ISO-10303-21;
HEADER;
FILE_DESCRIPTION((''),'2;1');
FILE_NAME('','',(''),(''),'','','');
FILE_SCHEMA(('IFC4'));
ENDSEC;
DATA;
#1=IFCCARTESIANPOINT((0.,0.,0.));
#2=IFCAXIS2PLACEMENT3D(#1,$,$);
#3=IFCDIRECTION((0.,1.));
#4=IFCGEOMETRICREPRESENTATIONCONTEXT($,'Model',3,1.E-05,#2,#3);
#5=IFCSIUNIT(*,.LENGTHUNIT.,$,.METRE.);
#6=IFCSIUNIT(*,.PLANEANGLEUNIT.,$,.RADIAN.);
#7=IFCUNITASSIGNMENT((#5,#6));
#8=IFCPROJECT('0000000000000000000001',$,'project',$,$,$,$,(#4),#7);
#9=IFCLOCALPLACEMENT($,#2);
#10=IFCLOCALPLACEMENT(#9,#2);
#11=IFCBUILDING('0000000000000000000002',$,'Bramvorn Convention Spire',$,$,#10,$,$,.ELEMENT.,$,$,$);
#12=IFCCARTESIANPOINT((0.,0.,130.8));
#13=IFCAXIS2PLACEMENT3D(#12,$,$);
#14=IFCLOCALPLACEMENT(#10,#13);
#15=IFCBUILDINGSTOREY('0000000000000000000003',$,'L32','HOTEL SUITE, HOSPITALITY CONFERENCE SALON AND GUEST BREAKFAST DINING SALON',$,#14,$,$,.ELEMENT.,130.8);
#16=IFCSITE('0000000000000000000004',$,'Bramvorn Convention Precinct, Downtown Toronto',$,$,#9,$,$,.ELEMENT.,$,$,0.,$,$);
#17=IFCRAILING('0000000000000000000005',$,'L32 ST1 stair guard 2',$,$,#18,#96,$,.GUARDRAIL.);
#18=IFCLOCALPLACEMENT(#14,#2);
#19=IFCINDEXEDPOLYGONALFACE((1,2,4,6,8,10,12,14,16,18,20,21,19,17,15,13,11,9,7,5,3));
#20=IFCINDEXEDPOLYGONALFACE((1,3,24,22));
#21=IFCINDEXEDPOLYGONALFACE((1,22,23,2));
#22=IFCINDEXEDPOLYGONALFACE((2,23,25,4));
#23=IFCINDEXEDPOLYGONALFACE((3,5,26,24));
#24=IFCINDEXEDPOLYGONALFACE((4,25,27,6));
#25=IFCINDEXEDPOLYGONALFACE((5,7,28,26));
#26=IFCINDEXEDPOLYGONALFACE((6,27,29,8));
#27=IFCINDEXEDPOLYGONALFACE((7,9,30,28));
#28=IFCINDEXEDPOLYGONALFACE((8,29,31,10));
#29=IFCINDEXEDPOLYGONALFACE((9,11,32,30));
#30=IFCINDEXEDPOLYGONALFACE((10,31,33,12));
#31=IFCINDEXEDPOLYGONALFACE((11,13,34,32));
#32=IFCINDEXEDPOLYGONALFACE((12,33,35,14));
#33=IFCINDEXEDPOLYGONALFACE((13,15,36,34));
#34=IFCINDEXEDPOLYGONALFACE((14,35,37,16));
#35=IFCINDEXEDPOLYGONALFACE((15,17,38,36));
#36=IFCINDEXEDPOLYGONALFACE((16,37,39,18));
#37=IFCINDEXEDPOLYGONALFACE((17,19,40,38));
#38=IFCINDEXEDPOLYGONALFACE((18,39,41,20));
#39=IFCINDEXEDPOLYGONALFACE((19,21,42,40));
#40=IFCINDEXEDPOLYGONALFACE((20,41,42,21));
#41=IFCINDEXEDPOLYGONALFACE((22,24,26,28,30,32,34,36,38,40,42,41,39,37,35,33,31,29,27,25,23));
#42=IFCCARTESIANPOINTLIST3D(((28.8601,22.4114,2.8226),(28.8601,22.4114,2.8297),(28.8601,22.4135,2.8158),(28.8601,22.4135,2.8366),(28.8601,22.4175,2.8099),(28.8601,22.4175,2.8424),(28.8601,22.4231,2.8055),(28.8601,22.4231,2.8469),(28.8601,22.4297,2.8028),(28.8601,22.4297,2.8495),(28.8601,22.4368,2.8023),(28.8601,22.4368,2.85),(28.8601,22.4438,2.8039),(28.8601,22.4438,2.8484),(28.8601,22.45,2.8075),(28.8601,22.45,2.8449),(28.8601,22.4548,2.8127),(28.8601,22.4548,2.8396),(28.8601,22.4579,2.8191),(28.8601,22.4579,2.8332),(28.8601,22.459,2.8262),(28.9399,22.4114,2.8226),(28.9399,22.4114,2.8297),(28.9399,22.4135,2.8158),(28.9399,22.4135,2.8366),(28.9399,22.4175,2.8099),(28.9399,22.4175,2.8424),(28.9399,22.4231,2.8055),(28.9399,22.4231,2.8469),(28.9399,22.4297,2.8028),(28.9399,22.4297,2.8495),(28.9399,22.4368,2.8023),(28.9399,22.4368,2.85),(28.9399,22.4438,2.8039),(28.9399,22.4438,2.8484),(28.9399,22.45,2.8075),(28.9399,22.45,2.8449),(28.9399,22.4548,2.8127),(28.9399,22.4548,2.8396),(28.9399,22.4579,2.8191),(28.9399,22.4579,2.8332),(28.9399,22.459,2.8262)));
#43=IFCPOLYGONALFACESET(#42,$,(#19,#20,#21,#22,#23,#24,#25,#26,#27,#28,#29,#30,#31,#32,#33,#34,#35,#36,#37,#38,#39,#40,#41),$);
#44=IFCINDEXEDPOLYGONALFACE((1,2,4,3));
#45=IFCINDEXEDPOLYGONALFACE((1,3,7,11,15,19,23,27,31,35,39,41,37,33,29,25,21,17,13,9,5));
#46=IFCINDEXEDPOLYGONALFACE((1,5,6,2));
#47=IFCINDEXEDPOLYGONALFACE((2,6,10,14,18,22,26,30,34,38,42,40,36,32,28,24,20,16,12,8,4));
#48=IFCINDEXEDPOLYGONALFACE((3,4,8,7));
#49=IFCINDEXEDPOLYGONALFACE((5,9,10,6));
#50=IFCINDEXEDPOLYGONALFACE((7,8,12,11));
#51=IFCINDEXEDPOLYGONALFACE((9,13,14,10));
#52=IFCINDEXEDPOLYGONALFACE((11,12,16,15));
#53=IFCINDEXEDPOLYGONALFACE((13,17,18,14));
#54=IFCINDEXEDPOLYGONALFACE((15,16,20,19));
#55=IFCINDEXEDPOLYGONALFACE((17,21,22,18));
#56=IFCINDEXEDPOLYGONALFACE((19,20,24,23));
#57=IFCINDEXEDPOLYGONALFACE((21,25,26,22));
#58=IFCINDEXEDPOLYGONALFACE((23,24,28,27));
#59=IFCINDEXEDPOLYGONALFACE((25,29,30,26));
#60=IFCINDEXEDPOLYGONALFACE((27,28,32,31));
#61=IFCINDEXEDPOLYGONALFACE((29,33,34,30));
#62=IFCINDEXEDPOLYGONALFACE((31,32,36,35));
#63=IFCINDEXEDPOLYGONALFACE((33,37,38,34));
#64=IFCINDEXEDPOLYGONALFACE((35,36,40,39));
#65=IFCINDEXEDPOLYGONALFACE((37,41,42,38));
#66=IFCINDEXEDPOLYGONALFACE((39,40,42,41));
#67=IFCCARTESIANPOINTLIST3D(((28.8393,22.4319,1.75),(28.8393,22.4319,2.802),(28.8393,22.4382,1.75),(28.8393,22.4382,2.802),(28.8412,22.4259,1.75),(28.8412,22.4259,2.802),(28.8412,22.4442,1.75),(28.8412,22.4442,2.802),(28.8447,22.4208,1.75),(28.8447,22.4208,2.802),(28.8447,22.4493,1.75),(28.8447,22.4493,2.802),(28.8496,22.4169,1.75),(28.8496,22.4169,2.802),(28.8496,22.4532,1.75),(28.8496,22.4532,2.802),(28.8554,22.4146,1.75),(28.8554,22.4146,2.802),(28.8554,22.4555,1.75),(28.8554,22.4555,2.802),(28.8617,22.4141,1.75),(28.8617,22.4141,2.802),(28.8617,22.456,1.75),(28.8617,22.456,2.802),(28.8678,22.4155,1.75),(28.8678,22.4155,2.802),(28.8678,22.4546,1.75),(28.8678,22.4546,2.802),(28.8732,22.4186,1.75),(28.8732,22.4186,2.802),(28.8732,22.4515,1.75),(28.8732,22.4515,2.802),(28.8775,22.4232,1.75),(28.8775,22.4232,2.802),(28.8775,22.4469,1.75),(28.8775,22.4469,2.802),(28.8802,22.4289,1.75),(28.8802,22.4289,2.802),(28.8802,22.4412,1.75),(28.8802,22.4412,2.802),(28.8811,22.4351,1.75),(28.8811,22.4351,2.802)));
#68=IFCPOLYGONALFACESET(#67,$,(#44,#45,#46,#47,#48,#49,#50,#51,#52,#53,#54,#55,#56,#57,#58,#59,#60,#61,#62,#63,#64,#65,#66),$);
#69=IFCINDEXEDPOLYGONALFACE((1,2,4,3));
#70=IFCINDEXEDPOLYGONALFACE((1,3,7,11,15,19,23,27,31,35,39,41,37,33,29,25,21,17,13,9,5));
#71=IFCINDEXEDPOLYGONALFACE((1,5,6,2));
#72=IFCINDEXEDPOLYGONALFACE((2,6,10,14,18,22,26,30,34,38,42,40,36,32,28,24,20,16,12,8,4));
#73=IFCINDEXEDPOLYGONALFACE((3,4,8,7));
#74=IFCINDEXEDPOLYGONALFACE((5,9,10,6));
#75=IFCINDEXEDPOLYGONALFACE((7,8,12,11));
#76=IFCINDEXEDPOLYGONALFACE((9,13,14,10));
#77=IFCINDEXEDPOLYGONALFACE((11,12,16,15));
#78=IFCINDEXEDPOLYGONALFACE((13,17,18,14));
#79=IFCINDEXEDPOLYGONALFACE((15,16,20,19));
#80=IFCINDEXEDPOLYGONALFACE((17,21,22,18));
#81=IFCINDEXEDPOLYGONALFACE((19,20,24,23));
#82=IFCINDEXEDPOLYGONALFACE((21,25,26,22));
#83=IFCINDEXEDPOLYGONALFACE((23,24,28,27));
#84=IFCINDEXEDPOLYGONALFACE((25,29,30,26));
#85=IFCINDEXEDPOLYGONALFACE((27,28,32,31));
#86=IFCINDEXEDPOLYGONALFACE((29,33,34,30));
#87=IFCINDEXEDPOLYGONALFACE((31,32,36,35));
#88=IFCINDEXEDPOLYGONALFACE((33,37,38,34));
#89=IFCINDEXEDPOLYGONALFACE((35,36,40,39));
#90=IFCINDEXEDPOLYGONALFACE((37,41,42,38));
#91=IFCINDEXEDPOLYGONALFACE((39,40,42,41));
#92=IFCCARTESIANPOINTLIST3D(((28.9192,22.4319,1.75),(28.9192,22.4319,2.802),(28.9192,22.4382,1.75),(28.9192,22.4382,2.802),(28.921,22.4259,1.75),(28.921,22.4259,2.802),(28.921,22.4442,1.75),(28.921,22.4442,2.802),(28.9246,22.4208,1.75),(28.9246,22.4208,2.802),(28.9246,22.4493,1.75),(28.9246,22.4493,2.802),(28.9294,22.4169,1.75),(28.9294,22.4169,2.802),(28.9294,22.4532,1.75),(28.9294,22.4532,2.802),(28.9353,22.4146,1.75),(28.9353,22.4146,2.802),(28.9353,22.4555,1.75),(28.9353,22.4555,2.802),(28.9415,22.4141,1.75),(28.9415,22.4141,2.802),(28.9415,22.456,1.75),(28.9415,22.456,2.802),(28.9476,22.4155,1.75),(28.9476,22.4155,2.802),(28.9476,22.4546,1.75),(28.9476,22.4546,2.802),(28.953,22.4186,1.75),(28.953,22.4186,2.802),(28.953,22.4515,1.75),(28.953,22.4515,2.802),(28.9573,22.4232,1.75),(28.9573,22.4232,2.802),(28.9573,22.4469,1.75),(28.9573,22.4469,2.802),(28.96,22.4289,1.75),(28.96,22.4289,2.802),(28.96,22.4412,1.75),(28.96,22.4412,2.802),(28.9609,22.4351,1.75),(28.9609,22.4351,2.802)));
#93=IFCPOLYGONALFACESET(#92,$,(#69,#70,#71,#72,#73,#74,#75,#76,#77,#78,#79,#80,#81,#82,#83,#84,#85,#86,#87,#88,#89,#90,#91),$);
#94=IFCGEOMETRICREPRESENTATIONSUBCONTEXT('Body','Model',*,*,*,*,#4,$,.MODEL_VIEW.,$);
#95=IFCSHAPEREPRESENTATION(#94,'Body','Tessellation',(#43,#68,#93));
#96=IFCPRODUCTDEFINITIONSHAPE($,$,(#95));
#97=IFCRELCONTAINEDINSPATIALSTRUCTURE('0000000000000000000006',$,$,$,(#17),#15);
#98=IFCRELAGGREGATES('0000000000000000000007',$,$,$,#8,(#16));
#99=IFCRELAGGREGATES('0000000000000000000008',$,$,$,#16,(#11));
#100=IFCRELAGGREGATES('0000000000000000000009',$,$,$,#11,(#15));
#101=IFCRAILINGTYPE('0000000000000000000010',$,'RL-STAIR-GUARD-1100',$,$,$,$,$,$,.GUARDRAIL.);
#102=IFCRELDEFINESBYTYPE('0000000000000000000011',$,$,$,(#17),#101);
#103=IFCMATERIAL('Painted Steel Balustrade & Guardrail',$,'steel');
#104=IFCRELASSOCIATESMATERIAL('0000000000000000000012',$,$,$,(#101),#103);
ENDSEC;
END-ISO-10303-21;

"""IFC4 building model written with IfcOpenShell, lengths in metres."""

from ifc_helpers import new_model, si_unit, direction, frame, origin, origin_2d, place, context, subcontext, project, spatial, circle, extrude, material, type_object, element, save


model = new_model("IFC4")

# Units and contexts
model_context = context("Model", 3, precision=1e-05, world=origin(), true_north=direction((0.0, 1.0)))
body_context = subcontext(model_context, "Body", "Model", "MODEL_VIEW")
ifc_project = project(units=[si_unit("LENGTHUNIT", "METRE"), si_unit("PLANEANGLEUNIT", "RADIAN")], contexts=[model_context])

# Site, building, storey
site_placement = place(None, origin())
site = spatial("IfcSite", under=ifc_project, at=site_placement, Name="Bramvorn Convention Precinct, Downtown Toronto", CompositionType="ELEMENT", RefElevation=0.0)
building_placement = place(site_placement, origin())
building = spatial("IfcBuilding", under=site, at=building_placement, Name="Bramvorn Convention Spire", CompositionType="ELEMENT")
storey_placement = place(building_placement, frame((0.0, 0.0, 130.8)))
storey = spatial("IfcBuildingStorey", under=building, at=storey_placement, Name="L32", Description="HOTEL SUITE, HOSPITALITY CONFERENCE SALON AND GUEST BREAKFAST DINING SALON", CompositionType="ELEMENT", Elevation=130.8)

# Railing
ifc_material_1 = material(Name="Painted Steel Balustrade & Guardrail", Category="steel")
railing_type_1 = type_object("IfcRailingType", Name="RL-STAIR-GUARD-1100", PredefinedType="GUARDRAIL", material=ifc_material_1)
railing_1_placement = place(storey_placement, frame((28.8601, 22.4351, 1.75)))
element("IfcRailing", 1, at=railing_1_placement, inside=storey, type_object=railing_type_1, Name="L32 ST1 stair guard 2", PredefinedType="GUARDRAIL", context=body_context, shape_type="SweptSolid", body=[
    extrude(circle(Radius=0.0239, at=origin_2d()), frame((0.0, 0.0, 1.0762), z_axis=(1.0, 0.0, 0.0), x_axis=(0.0, 1.0, 0.0)), (0.0, 0.0, 1.0), 0.0798),
    extrude(circle(Radius=0.021, at=origin_2d()), origin(), (0.0, 0.0, 1.0), 1.052),
    extrude(circle(Radius=0.021, at=origin_2d()), frame((0.0798, 0.0, 0.0)), (0.0, 0.0, 1.0), 1.052),
])

save(model, "model.ifc")
